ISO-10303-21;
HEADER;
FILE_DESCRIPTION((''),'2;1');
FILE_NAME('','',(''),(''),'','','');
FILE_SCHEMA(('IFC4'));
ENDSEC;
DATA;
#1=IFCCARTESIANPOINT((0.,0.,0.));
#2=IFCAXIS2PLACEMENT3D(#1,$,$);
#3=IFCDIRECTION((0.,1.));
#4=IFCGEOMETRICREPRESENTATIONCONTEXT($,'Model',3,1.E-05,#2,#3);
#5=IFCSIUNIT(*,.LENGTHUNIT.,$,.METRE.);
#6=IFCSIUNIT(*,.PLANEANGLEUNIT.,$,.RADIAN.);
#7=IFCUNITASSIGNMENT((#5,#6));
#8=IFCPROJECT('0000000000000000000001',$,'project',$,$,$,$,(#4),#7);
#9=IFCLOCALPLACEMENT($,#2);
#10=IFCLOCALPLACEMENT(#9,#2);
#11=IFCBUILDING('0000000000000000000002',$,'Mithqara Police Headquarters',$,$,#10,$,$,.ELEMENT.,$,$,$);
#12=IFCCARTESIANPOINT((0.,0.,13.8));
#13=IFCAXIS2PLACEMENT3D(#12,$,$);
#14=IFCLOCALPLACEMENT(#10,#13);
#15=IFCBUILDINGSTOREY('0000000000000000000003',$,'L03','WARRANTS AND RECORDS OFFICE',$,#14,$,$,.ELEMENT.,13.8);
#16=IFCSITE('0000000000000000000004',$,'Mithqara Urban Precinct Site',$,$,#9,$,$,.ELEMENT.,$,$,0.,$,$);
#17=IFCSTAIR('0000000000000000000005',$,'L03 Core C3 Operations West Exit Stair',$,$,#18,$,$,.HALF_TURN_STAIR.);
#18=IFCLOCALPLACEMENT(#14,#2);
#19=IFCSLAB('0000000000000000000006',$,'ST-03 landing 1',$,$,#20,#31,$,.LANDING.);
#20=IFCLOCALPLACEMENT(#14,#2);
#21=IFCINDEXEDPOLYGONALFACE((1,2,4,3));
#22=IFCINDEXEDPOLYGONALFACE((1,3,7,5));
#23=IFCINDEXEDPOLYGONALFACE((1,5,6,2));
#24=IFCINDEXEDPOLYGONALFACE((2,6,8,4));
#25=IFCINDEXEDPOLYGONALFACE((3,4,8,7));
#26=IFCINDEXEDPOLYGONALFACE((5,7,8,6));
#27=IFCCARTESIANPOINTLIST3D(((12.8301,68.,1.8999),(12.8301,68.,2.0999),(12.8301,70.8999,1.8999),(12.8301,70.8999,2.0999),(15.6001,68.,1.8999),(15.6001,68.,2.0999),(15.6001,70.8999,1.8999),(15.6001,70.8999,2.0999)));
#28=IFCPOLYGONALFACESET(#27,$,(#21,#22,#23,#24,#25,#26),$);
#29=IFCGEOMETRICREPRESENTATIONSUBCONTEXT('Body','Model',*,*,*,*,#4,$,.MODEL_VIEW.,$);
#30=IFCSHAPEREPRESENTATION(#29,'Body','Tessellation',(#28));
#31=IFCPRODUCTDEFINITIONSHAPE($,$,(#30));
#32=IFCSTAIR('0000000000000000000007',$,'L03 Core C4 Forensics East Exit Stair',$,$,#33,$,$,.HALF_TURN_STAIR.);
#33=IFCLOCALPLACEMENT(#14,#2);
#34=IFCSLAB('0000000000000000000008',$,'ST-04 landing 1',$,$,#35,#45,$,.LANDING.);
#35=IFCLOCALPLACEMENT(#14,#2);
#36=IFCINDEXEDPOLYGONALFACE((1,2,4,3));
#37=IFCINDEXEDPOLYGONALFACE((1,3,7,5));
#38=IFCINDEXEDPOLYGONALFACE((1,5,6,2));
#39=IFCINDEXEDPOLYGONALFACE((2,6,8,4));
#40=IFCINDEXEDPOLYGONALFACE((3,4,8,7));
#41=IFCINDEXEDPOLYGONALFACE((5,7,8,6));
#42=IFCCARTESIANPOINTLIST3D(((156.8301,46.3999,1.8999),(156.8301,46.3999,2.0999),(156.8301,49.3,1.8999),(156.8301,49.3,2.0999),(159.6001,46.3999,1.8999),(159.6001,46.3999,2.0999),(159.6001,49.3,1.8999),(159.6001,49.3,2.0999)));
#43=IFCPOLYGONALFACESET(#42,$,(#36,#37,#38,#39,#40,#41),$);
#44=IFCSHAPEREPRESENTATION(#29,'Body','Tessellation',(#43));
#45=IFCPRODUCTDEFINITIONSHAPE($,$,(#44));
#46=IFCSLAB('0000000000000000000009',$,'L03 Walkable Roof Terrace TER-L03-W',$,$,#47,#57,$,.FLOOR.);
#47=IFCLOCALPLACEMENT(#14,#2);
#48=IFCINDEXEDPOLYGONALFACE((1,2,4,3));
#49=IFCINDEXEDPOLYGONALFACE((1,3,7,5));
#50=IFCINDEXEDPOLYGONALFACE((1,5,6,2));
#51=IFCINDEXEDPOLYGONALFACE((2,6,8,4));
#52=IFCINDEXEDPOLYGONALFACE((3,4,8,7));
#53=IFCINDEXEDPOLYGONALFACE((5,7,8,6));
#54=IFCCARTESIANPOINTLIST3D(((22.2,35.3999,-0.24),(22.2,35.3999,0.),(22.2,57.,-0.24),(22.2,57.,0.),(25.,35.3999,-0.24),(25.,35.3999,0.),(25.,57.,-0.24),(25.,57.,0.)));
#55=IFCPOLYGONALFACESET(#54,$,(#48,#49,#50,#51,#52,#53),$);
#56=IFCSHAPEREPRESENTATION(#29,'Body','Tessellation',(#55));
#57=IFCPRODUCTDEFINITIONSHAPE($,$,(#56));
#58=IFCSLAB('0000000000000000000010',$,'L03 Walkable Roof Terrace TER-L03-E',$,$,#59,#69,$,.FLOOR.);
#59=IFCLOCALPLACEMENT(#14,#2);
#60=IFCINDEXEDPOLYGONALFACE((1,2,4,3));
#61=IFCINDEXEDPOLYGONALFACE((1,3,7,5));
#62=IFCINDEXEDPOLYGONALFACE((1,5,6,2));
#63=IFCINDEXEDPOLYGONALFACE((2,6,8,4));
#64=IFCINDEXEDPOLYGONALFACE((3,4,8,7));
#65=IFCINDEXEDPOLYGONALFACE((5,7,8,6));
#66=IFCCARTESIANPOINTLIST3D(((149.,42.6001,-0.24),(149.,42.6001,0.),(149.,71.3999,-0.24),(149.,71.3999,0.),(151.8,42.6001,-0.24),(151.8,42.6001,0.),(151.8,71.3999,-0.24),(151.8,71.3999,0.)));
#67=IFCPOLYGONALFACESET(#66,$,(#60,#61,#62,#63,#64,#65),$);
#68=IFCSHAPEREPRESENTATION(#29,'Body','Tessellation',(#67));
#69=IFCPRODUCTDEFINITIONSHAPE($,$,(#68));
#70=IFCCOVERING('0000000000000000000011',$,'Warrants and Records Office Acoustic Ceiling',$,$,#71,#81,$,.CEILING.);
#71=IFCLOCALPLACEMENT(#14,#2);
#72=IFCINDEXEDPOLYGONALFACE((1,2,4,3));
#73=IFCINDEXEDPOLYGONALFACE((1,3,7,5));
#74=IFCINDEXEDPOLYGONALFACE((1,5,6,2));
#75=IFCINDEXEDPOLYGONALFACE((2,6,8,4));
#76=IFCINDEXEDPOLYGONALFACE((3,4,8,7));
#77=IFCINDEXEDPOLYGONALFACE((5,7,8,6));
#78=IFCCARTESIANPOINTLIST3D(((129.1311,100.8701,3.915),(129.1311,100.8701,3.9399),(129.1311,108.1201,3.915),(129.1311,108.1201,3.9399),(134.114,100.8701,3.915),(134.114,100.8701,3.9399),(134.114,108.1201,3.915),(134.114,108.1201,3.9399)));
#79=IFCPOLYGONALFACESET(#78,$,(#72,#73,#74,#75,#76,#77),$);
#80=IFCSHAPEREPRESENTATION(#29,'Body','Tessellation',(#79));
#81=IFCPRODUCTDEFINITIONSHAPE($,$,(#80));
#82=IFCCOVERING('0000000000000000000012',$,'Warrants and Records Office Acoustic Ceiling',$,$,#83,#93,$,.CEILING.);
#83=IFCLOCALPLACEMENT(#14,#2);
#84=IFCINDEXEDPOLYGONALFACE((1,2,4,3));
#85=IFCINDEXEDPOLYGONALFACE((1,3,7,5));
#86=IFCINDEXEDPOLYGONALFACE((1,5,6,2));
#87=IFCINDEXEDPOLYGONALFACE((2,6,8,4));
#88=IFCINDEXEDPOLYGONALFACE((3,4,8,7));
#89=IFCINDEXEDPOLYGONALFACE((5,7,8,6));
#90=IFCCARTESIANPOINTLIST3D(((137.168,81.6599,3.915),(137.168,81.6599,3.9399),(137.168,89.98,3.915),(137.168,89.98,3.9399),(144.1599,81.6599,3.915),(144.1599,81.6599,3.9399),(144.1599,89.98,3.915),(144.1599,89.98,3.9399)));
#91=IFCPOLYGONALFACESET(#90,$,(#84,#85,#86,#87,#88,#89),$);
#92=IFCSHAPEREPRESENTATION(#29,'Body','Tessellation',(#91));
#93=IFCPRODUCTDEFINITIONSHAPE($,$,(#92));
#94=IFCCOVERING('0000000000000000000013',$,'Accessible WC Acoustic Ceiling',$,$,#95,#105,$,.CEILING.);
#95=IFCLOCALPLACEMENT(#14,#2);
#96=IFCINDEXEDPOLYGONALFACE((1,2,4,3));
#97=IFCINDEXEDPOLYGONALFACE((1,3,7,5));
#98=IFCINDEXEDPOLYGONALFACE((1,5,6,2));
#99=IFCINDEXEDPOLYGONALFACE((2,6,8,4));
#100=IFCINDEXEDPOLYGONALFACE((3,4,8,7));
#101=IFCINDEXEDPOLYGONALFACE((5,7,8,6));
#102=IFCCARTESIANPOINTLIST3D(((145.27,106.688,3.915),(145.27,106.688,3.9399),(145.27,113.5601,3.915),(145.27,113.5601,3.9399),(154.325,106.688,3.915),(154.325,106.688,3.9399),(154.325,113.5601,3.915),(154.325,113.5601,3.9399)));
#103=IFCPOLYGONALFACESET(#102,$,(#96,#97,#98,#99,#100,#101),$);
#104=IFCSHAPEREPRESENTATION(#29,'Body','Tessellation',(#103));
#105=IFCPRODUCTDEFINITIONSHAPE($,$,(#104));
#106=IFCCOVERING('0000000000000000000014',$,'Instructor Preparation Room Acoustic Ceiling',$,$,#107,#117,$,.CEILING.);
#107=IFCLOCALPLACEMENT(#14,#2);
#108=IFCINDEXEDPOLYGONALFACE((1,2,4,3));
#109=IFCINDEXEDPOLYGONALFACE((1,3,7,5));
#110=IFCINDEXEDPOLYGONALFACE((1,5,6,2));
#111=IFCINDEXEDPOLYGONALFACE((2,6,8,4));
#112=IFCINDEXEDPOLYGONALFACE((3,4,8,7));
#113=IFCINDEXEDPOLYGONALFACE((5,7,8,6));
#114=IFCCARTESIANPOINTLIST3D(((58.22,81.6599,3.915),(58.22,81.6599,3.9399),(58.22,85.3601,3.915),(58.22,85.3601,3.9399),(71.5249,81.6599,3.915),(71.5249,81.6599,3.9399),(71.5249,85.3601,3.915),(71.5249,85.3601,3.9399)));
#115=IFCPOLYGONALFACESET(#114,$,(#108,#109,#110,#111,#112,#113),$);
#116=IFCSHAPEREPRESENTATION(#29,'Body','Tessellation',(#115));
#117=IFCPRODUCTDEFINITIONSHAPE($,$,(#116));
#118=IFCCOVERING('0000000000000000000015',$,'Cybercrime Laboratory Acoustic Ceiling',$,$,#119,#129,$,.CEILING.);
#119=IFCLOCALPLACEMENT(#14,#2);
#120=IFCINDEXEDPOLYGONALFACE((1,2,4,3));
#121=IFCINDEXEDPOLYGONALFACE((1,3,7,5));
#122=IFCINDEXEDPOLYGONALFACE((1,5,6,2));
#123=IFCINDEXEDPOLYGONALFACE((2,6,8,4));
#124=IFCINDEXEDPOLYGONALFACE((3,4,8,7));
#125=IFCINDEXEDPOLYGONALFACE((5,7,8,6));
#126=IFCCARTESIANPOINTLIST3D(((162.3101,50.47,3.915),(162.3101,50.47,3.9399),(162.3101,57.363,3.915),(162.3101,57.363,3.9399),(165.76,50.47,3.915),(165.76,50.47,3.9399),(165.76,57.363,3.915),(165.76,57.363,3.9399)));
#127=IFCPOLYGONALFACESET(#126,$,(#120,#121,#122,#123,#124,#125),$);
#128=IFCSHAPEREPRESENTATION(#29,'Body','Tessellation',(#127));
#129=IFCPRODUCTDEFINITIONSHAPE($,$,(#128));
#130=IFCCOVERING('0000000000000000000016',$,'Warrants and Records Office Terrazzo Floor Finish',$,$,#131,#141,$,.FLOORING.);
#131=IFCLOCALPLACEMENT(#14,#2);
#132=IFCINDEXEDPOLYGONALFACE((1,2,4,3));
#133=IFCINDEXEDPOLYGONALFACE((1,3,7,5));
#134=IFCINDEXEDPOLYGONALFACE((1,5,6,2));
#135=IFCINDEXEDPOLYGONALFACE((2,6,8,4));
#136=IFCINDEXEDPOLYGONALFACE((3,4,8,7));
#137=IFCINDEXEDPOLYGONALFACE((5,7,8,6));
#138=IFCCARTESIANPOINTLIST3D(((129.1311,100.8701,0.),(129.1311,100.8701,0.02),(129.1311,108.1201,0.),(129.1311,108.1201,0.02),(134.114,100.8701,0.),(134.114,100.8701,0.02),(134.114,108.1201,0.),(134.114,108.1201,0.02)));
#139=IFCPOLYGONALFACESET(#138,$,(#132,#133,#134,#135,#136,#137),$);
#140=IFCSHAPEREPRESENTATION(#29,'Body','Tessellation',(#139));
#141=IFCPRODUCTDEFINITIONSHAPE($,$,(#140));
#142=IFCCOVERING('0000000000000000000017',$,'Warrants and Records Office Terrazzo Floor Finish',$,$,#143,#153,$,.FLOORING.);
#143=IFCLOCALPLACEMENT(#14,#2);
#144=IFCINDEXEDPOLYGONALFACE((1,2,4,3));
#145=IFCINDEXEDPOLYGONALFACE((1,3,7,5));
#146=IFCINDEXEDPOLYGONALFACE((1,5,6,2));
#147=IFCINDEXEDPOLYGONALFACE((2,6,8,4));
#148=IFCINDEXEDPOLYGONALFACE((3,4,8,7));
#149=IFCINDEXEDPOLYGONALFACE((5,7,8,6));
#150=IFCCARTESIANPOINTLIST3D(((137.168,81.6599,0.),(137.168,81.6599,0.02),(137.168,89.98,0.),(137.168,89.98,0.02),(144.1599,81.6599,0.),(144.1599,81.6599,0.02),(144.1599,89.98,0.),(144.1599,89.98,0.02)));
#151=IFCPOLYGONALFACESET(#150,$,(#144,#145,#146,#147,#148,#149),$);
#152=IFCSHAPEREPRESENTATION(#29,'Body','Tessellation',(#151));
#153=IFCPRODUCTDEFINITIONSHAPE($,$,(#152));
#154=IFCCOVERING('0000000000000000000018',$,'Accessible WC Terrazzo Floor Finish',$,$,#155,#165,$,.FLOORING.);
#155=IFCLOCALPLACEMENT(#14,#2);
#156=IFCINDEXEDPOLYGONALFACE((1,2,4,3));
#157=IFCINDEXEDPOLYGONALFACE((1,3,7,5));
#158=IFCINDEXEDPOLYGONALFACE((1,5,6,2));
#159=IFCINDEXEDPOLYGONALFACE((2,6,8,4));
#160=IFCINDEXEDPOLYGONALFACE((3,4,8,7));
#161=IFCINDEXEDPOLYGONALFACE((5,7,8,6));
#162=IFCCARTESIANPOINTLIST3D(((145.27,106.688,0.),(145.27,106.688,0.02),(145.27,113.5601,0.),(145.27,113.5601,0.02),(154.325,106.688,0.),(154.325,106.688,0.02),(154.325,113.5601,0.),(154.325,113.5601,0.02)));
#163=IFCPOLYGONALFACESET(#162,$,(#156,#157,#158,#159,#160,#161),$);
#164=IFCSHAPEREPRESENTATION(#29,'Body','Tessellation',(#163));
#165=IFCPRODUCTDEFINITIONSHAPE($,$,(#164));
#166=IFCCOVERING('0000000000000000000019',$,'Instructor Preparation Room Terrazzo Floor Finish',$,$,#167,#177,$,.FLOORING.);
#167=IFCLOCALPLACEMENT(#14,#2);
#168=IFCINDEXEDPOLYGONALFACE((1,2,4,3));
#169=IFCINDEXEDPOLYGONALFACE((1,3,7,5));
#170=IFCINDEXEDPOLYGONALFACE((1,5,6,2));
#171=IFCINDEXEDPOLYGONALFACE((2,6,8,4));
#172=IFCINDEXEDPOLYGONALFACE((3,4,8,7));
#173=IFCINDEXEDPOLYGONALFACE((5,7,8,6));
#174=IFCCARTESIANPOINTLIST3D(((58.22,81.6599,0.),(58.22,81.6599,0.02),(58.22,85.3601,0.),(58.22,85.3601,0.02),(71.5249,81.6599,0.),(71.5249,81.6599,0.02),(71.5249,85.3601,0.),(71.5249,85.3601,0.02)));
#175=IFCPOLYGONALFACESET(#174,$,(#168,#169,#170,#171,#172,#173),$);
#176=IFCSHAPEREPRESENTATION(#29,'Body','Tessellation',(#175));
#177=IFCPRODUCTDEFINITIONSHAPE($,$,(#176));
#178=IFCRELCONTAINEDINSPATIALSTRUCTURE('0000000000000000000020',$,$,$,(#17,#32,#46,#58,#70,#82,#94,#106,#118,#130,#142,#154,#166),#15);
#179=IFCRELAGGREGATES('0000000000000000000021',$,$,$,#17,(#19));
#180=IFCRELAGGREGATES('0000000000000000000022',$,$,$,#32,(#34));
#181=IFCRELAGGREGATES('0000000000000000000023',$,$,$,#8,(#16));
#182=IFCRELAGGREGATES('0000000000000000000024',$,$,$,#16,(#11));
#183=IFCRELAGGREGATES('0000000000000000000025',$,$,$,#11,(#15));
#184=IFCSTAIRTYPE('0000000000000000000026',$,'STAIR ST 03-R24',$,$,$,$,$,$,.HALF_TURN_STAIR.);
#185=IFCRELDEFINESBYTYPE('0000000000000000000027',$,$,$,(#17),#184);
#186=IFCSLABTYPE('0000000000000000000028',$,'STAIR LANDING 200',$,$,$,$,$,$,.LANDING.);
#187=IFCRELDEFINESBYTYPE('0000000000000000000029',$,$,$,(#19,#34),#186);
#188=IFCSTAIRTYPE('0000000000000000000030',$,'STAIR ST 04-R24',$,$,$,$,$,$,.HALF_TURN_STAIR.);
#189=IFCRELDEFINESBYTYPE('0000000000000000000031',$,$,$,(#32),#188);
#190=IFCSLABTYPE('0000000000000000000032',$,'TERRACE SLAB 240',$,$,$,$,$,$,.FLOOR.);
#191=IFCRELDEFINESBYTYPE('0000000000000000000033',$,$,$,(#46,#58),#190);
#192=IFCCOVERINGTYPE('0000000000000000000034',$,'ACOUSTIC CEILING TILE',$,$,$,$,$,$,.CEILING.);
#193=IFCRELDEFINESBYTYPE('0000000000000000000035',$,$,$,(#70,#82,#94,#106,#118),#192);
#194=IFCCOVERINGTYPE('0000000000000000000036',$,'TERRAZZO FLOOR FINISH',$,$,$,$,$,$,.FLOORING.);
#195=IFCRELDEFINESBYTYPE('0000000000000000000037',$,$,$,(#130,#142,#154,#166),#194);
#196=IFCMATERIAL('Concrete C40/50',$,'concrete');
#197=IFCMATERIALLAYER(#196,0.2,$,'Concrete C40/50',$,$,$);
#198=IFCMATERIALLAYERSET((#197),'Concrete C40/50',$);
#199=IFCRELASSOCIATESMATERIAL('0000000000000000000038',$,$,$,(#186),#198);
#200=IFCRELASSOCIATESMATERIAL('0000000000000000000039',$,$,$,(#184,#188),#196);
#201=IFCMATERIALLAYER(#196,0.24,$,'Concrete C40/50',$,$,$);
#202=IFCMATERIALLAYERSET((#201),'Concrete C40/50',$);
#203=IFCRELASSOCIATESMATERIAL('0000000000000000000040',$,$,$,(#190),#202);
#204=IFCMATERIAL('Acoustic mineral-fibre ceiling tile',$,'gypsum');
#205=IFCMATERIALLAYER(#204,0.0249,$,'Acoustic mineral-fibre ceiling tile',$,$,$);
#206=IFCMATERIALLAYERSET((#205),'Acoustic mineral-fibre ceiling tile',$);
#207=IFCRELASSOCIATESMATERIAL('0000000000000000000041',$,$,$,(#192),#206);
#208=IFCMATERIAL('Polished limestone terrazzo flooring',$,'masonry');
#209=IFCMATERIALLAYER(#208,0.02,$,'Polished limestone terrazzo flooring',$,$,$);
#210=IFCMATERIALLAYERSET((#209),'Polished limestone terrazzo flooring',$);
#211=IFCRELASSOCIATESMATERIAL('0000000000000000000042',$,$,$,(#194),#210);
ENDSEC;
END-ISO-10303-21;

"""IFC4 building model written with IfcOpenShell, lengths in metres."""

from ifc_helpers import new_model, si_unit, direction, frame, origin, place, context, subcontext, project, spatial, polyline, outline, extrude, material, layer, layer_set, type_object, element, aggregate, save


model = new_model("IFC4")

# Units and contexts
model_context = context("Model", 3, precision=1e-05, world=origin(), true_north=direction((0.0, 1.0)))
body_context = subcontext(model_context, "Body", "Model", "MODEL_VIEW")
ifc_project = project(units=[si_unit("LENGTHUNIT", "METRE"), si_unit("PLANEANGLEUNIT", "RADIAN")], contexts=[model_context])

# Site, building, storey
site_placement = place(None, origin())
site = spatial("IfcSite", under=ifc_project, at=site_placement, Name="Mithqara Urban Precinct Site", CompositionType="ELEMENT", RefElevation=0.0)
building_placement = place(site_placement, origin())
building = spatial("IfcBuilding", under=site, at=building_placement, Name="Mithqara Police Headquarters", CompositionType="ELEMENT")
storey_placement = place(building_placement, frame((0.0, 0.0, 13.8)))
storey = spatial("IfcBuildingStorey", under=building, at=storey_placement, Name="L03", Description="WARRANTS AND RECORDS OFFICE", CompositionType="ELEMENT", Elevation=13.8)

# Shared definitions
ifc_material_1 = material(Name="Concrete C40/50", Category="concrete")

# Stairs, slabs
ifc_layer_1 = layer(ifc_material_1, 0.2, Name="Concrete C40/50")
ifc_layer_set_1 = layer_set([ifc_layer_1], Name="Concrete C40/50")
slab_type_1 = type_object("IfcSlabType", Name="STAIR LANDING 200", PredefinedType="LANDING", material=ifc_layer_set_1)
stair_type_1 = type_object("IfcStairType", Name="STAIR ST 03-R24", PredefinedType="HALF_TURN_STAIR", material=ifc_material_1)
stair_1_placement = place(storey_placement, origin())
stair_1 = element("IfcStair", 1, at=stair_1_placement, inside=storey, type_object=stair_type_1, Name="L03 Core C3 Operations West Exit Stair", PredefinedType="HALF_TURN_STAIR")
slab_1_placement = place(storey_placement, frame((0.0, 0.0, 1.8999)))
slab_1 = element("IfcSlab", 2, at=slab_1_placement, type_object=slab_type_1, Name="ST-03 landing 1", PredefinedType="LANDING", context=body_context, shape_type="SweptSolid", body=[
    extrude(outline(polyline([(12.8301, 68.0), (15.6001, 68.0), (15.6001, 70.8999), (12.8301, 70.8999), (12.8301, 68.0)])), origin(), (0.0, 0.0, 1.0), 0.2),
])
aggregate(stair_1, [slab_1])
stair_type_2 = type_object("IfcStairType", Name="STAIR ST 04-R24", PredefinedType="HALF_TURN_STAIR", material=ifc_material_1)
stair_2_placement = place(storey_placement, origin())
stair_2 = element("IfcStair", 3, at=stair_2_placement, inside=storey, type_object=stair_type_2, Name="L03 Core C4 Forensics East Exit Stair", PredefinedType="HALF_TURN_STAIR")
slab_2_placement = place(storey_placement, frame((0.0, 0.0, 1.8999)))
slab_2 = element("IfcSlab", 4, at=slab_2_placement, type_object=slab_type_1, Name="ST-04 landing 1", PredefinedType="LANDING", context=body_context, shape_type="SweptSolid", body=[
    extrude(outline(polyline([(156.8301, 46.3999), (159.6001, 46.3999), (159.6001, 49.3), (156.8301, 49.3), (156.8301, 46.3999)])), origin(), (0.0, 0.0, 1.0), 0.2),
])
aggregate(stair_2, [slab_2])

# Slabs
ifc_layer_2 = layer(ifc_material_1, 0.24, Name="Concrete C40/50")
ifc_layer_set_2 = layer_set([ifc_layer_2], Name="Concrete C40/50")
slab_type_2 = type_object("IfcSlabType", Name="TERRACE SLAB 240", PredefinedType="FLOOR", material=ifc_layer_set_2)
slab_3_placement = place(storey_placement, frame((0.0, 0.0, -0.24)))
element("IfcSlab", 5, at=slab_3_placement, inside=storey, type_object=slab_type_2, Name="L03 Walkable Roof Terrace TER-L03-W", PredefinedType="FLOOR", context=body_context, shape_type="SweptSolid", body=[
    extrude(outline(polyline([(25.0, 35.3999), (22.2, 35.3999), (22.2, 57.0), (25.0, 57.0), (25.0, 35.3999)])), origin(), (0.0, 0.0, 1.0), 0.24),
])
slab_4_placement = place(storey_placement, frame((0.0, 0.0, -0.24)))
element("IfcSlab", 6, at=slab_4_placement, inside=storey, type_object=slab_type_2, Name="L03 Walkable Roof Terrace TER-L03-E", PredefinedType="FLOOR", context=body_context, shape_type="SweptSolid", body=[
    extrude(outline(polyline([(151.8, 42.6001), (149.0, 42.6001), (149.0, 71.3999), (151.8, 71.3999), (151.8, 42.6001)])), origin(), (0.0, 0.0, 1.0), 0.24),
])

# Coverings
ifc_material_2 = material(Name="Acoustic mineral-fibre ceiling tile", Category="gypsum")
ifc_layer_3 = layer(ifc_material_2, 0.0249, Name="Acoustic mineral-fibre ceiling tile")
ifc_layer_set_3 = layer_set([ifc_layer_3], Name="Acoustic mineral-fibre ceiling tile")
covering_type_1 = type_object("IfcCoveringType", Name="ACOUSTIC CEILING TILE", PredefinedType="CEILING", material=ifc_layer_set_3)
covering_1_placement = place(storey_placement, frame((0.0, 0.0, 3.915)))
element("IfcCovering", 7, at=covering_1_placement, inside=storey, type_object=covering_type_1, Name="Warrants and Records Office Acoustic Ceiling", PredefinedType="CEILING", context=body_context, shape_type="SweptSolid", body=[
    extrude(outline(polyline([(129.1311, 100.8701), (134.114, 100.8701), (134.114, 108.1201), (129.1311, 108.1201), (129.1311, 100.8701)])), origin(), (0.0, 0.0, 1.0), 0.0249),
])
covering_2_placement = place(storey_placement, frame((0.0, 0.0, 3.915)))
element("IfcCovering", 8, at=covering_2_placement, inside=storey, type_object=covering_type_1, Name="Warrants and Records Office Acoustic Ceiling", PredefinedType="CEILING", context=body_context, shape_type="SweptSolid", body=[
    extrude(outline(polyline([(137.168, 81.6599), (144.1599, 81.6599), (144.1599, 89.98), (137.168, 89.98), (137.168, 81.6599)])), origin(), (0.0, 0.0, 1.0), 0.0249),
])
covering_3_placement = place(storey_placement, frame((0.0, 0.0, 3.915)))
element("IfcCovering", 9, at=covering_3_placement, inside=storey, type_object=covering_type_1, Name="Accessible WC Acoustic Ceiling", PredefinedType="CEILING", context=body_context, shape_type="SweptSolid", body=[
    extrude(outline(polyline([(145.27, 106.688), (154.325, 106.688), (154.325, 113.5601), (145.27, 113.5601), (145.27, 106.688)])), origin(), (0.0, 0.0, 1.0), 0.0249),
])
covering_4_placement = place(storey_placement, frame((0.0, 0.0, 3.915)))
element("IfcCovering", 10, at=covering_4_placement, inside=storey, type_object=covering_type_1, Name="Instructor Preparation Room Acoustic Ceiling", PredefinedType="CEILING", context=body_context, shape_type="SweptSolid", body=[
    extrude(outline(polyline([(58.22, 81.6599), (71.5249, 81.6599), (71.5249, 85.3601), (58.22, 85.3601), (58.22, 81.6599)])), origin(), (0.0, 0.0, 1.0), 0.0249),
])
covering_5_placement = place(storey_placement, frame((0.0, 0.0, 3.915)))
element("IfcCovering", 11, at=covering_5_placement, inside=storey, type_object=covering_type_1, Name="Cybercrime Laboratory Acoustic Ceiling", PredefinedType="CEILING", context=body_context, shape_type="SweptSolid", body=[
    extrude(outline(polyline([(162.3101, 50.47), (165.76, 50.47), (165.76, 57.363), (162.3101, 57.363), (162.3101, 50.47)])), origin(), (0.0, 0.0, 1.0), 0.0249),
])
ifc_material_3 = material(Name="Polished limestone terrazzo flooring", Category="masonry")
ifc_layer_4 = layer(ifc_material_3, 0.02, Name="Polished limestone terrazzo flooring")
ifc_layer_set_4 = layer_set([ifc_layer_4], Name="Polished limestone terrazzo flooring")
covering_type_2 = type_object("IfcCoveringType", Name="TERRAZZO FLOOR FINISH", PredefinedType="FLOORING", material=ifc_layer_set_4)
covering_6_placement = place(storey_placement, origin())
element("IfcCovering", 12, at=covering_6_placement, inside=storey, type_object=covering_type_2, Name="Warrants and Records Office Terrazzo Floor Finish", PredefinedType="FLOORING", context=body_context, shape_type="SweptSolid", body=[
    extrude(outline(polyline([(129.1311, 100.8701), (134.114, 100.8701), (134.114, 108.1201), (129.1311, 108.1201), (129.1311, 100.8701)])), origin(), (0.0, 0.0, 1.0), 0.02),
])
covering_7_placement = place(storey_placement, origin())
element("IfcCovering", 13, at=covering_7_placement, inside=storey, type_object=covering_type_2, Name="Warrants and Records Office Terrazzo Floor Finish", PredefinedType="FLOORING", context=body_context, shape_type="SweptSolid", body=[
    extrude(outline(polyline([(137.168, 81.6599), (144.1599, 81.6599), (144.1599, 89.98), (137.168, 89.98), (137.168, 81.6599)])), origin(), (0.0, 0.0, 1.0), 0.02),
])
covering_8_placement = place(storey_placement, origin())
element("IfcCovering", 14, at=covering_8_placement, inside=storey, type_object=covering_type_2, Name="Accessible WC Terrazzo Floor Finish", PredefinedType="FLOORING", context=body_context, shape_type="SweptSolid", body=[
    extrude(outline(polyline([(145.27, 106.688), (154.325, 106.688), (154.325, 113.5601), (145.27, 113.5601), (145.27, 106.688)])), origin(), (0.0, 0.0, 1.0), 0.02),
])
covering_9_placement = place(storey_placement, origin())
element("IfcCovering", 15, at=covering_9_placement, inside=storey, type_object=covering_type_2, Name="Instructor Preparation Room Terrazzo Floor Finish", PredefinedType="FLOORING", context=body_context, shape_type="SweptSolid", body=[
    extrude(outline(polyline([(58.22, 81.6599), (71.5249, 81.6599), (71.5249, 85.3601), (58.22, 85.3601), (58.22, 81.6599)])), origin(), (0.0, 0.0, 1.0), 0.02),
])

save(model, "model.ifc")
